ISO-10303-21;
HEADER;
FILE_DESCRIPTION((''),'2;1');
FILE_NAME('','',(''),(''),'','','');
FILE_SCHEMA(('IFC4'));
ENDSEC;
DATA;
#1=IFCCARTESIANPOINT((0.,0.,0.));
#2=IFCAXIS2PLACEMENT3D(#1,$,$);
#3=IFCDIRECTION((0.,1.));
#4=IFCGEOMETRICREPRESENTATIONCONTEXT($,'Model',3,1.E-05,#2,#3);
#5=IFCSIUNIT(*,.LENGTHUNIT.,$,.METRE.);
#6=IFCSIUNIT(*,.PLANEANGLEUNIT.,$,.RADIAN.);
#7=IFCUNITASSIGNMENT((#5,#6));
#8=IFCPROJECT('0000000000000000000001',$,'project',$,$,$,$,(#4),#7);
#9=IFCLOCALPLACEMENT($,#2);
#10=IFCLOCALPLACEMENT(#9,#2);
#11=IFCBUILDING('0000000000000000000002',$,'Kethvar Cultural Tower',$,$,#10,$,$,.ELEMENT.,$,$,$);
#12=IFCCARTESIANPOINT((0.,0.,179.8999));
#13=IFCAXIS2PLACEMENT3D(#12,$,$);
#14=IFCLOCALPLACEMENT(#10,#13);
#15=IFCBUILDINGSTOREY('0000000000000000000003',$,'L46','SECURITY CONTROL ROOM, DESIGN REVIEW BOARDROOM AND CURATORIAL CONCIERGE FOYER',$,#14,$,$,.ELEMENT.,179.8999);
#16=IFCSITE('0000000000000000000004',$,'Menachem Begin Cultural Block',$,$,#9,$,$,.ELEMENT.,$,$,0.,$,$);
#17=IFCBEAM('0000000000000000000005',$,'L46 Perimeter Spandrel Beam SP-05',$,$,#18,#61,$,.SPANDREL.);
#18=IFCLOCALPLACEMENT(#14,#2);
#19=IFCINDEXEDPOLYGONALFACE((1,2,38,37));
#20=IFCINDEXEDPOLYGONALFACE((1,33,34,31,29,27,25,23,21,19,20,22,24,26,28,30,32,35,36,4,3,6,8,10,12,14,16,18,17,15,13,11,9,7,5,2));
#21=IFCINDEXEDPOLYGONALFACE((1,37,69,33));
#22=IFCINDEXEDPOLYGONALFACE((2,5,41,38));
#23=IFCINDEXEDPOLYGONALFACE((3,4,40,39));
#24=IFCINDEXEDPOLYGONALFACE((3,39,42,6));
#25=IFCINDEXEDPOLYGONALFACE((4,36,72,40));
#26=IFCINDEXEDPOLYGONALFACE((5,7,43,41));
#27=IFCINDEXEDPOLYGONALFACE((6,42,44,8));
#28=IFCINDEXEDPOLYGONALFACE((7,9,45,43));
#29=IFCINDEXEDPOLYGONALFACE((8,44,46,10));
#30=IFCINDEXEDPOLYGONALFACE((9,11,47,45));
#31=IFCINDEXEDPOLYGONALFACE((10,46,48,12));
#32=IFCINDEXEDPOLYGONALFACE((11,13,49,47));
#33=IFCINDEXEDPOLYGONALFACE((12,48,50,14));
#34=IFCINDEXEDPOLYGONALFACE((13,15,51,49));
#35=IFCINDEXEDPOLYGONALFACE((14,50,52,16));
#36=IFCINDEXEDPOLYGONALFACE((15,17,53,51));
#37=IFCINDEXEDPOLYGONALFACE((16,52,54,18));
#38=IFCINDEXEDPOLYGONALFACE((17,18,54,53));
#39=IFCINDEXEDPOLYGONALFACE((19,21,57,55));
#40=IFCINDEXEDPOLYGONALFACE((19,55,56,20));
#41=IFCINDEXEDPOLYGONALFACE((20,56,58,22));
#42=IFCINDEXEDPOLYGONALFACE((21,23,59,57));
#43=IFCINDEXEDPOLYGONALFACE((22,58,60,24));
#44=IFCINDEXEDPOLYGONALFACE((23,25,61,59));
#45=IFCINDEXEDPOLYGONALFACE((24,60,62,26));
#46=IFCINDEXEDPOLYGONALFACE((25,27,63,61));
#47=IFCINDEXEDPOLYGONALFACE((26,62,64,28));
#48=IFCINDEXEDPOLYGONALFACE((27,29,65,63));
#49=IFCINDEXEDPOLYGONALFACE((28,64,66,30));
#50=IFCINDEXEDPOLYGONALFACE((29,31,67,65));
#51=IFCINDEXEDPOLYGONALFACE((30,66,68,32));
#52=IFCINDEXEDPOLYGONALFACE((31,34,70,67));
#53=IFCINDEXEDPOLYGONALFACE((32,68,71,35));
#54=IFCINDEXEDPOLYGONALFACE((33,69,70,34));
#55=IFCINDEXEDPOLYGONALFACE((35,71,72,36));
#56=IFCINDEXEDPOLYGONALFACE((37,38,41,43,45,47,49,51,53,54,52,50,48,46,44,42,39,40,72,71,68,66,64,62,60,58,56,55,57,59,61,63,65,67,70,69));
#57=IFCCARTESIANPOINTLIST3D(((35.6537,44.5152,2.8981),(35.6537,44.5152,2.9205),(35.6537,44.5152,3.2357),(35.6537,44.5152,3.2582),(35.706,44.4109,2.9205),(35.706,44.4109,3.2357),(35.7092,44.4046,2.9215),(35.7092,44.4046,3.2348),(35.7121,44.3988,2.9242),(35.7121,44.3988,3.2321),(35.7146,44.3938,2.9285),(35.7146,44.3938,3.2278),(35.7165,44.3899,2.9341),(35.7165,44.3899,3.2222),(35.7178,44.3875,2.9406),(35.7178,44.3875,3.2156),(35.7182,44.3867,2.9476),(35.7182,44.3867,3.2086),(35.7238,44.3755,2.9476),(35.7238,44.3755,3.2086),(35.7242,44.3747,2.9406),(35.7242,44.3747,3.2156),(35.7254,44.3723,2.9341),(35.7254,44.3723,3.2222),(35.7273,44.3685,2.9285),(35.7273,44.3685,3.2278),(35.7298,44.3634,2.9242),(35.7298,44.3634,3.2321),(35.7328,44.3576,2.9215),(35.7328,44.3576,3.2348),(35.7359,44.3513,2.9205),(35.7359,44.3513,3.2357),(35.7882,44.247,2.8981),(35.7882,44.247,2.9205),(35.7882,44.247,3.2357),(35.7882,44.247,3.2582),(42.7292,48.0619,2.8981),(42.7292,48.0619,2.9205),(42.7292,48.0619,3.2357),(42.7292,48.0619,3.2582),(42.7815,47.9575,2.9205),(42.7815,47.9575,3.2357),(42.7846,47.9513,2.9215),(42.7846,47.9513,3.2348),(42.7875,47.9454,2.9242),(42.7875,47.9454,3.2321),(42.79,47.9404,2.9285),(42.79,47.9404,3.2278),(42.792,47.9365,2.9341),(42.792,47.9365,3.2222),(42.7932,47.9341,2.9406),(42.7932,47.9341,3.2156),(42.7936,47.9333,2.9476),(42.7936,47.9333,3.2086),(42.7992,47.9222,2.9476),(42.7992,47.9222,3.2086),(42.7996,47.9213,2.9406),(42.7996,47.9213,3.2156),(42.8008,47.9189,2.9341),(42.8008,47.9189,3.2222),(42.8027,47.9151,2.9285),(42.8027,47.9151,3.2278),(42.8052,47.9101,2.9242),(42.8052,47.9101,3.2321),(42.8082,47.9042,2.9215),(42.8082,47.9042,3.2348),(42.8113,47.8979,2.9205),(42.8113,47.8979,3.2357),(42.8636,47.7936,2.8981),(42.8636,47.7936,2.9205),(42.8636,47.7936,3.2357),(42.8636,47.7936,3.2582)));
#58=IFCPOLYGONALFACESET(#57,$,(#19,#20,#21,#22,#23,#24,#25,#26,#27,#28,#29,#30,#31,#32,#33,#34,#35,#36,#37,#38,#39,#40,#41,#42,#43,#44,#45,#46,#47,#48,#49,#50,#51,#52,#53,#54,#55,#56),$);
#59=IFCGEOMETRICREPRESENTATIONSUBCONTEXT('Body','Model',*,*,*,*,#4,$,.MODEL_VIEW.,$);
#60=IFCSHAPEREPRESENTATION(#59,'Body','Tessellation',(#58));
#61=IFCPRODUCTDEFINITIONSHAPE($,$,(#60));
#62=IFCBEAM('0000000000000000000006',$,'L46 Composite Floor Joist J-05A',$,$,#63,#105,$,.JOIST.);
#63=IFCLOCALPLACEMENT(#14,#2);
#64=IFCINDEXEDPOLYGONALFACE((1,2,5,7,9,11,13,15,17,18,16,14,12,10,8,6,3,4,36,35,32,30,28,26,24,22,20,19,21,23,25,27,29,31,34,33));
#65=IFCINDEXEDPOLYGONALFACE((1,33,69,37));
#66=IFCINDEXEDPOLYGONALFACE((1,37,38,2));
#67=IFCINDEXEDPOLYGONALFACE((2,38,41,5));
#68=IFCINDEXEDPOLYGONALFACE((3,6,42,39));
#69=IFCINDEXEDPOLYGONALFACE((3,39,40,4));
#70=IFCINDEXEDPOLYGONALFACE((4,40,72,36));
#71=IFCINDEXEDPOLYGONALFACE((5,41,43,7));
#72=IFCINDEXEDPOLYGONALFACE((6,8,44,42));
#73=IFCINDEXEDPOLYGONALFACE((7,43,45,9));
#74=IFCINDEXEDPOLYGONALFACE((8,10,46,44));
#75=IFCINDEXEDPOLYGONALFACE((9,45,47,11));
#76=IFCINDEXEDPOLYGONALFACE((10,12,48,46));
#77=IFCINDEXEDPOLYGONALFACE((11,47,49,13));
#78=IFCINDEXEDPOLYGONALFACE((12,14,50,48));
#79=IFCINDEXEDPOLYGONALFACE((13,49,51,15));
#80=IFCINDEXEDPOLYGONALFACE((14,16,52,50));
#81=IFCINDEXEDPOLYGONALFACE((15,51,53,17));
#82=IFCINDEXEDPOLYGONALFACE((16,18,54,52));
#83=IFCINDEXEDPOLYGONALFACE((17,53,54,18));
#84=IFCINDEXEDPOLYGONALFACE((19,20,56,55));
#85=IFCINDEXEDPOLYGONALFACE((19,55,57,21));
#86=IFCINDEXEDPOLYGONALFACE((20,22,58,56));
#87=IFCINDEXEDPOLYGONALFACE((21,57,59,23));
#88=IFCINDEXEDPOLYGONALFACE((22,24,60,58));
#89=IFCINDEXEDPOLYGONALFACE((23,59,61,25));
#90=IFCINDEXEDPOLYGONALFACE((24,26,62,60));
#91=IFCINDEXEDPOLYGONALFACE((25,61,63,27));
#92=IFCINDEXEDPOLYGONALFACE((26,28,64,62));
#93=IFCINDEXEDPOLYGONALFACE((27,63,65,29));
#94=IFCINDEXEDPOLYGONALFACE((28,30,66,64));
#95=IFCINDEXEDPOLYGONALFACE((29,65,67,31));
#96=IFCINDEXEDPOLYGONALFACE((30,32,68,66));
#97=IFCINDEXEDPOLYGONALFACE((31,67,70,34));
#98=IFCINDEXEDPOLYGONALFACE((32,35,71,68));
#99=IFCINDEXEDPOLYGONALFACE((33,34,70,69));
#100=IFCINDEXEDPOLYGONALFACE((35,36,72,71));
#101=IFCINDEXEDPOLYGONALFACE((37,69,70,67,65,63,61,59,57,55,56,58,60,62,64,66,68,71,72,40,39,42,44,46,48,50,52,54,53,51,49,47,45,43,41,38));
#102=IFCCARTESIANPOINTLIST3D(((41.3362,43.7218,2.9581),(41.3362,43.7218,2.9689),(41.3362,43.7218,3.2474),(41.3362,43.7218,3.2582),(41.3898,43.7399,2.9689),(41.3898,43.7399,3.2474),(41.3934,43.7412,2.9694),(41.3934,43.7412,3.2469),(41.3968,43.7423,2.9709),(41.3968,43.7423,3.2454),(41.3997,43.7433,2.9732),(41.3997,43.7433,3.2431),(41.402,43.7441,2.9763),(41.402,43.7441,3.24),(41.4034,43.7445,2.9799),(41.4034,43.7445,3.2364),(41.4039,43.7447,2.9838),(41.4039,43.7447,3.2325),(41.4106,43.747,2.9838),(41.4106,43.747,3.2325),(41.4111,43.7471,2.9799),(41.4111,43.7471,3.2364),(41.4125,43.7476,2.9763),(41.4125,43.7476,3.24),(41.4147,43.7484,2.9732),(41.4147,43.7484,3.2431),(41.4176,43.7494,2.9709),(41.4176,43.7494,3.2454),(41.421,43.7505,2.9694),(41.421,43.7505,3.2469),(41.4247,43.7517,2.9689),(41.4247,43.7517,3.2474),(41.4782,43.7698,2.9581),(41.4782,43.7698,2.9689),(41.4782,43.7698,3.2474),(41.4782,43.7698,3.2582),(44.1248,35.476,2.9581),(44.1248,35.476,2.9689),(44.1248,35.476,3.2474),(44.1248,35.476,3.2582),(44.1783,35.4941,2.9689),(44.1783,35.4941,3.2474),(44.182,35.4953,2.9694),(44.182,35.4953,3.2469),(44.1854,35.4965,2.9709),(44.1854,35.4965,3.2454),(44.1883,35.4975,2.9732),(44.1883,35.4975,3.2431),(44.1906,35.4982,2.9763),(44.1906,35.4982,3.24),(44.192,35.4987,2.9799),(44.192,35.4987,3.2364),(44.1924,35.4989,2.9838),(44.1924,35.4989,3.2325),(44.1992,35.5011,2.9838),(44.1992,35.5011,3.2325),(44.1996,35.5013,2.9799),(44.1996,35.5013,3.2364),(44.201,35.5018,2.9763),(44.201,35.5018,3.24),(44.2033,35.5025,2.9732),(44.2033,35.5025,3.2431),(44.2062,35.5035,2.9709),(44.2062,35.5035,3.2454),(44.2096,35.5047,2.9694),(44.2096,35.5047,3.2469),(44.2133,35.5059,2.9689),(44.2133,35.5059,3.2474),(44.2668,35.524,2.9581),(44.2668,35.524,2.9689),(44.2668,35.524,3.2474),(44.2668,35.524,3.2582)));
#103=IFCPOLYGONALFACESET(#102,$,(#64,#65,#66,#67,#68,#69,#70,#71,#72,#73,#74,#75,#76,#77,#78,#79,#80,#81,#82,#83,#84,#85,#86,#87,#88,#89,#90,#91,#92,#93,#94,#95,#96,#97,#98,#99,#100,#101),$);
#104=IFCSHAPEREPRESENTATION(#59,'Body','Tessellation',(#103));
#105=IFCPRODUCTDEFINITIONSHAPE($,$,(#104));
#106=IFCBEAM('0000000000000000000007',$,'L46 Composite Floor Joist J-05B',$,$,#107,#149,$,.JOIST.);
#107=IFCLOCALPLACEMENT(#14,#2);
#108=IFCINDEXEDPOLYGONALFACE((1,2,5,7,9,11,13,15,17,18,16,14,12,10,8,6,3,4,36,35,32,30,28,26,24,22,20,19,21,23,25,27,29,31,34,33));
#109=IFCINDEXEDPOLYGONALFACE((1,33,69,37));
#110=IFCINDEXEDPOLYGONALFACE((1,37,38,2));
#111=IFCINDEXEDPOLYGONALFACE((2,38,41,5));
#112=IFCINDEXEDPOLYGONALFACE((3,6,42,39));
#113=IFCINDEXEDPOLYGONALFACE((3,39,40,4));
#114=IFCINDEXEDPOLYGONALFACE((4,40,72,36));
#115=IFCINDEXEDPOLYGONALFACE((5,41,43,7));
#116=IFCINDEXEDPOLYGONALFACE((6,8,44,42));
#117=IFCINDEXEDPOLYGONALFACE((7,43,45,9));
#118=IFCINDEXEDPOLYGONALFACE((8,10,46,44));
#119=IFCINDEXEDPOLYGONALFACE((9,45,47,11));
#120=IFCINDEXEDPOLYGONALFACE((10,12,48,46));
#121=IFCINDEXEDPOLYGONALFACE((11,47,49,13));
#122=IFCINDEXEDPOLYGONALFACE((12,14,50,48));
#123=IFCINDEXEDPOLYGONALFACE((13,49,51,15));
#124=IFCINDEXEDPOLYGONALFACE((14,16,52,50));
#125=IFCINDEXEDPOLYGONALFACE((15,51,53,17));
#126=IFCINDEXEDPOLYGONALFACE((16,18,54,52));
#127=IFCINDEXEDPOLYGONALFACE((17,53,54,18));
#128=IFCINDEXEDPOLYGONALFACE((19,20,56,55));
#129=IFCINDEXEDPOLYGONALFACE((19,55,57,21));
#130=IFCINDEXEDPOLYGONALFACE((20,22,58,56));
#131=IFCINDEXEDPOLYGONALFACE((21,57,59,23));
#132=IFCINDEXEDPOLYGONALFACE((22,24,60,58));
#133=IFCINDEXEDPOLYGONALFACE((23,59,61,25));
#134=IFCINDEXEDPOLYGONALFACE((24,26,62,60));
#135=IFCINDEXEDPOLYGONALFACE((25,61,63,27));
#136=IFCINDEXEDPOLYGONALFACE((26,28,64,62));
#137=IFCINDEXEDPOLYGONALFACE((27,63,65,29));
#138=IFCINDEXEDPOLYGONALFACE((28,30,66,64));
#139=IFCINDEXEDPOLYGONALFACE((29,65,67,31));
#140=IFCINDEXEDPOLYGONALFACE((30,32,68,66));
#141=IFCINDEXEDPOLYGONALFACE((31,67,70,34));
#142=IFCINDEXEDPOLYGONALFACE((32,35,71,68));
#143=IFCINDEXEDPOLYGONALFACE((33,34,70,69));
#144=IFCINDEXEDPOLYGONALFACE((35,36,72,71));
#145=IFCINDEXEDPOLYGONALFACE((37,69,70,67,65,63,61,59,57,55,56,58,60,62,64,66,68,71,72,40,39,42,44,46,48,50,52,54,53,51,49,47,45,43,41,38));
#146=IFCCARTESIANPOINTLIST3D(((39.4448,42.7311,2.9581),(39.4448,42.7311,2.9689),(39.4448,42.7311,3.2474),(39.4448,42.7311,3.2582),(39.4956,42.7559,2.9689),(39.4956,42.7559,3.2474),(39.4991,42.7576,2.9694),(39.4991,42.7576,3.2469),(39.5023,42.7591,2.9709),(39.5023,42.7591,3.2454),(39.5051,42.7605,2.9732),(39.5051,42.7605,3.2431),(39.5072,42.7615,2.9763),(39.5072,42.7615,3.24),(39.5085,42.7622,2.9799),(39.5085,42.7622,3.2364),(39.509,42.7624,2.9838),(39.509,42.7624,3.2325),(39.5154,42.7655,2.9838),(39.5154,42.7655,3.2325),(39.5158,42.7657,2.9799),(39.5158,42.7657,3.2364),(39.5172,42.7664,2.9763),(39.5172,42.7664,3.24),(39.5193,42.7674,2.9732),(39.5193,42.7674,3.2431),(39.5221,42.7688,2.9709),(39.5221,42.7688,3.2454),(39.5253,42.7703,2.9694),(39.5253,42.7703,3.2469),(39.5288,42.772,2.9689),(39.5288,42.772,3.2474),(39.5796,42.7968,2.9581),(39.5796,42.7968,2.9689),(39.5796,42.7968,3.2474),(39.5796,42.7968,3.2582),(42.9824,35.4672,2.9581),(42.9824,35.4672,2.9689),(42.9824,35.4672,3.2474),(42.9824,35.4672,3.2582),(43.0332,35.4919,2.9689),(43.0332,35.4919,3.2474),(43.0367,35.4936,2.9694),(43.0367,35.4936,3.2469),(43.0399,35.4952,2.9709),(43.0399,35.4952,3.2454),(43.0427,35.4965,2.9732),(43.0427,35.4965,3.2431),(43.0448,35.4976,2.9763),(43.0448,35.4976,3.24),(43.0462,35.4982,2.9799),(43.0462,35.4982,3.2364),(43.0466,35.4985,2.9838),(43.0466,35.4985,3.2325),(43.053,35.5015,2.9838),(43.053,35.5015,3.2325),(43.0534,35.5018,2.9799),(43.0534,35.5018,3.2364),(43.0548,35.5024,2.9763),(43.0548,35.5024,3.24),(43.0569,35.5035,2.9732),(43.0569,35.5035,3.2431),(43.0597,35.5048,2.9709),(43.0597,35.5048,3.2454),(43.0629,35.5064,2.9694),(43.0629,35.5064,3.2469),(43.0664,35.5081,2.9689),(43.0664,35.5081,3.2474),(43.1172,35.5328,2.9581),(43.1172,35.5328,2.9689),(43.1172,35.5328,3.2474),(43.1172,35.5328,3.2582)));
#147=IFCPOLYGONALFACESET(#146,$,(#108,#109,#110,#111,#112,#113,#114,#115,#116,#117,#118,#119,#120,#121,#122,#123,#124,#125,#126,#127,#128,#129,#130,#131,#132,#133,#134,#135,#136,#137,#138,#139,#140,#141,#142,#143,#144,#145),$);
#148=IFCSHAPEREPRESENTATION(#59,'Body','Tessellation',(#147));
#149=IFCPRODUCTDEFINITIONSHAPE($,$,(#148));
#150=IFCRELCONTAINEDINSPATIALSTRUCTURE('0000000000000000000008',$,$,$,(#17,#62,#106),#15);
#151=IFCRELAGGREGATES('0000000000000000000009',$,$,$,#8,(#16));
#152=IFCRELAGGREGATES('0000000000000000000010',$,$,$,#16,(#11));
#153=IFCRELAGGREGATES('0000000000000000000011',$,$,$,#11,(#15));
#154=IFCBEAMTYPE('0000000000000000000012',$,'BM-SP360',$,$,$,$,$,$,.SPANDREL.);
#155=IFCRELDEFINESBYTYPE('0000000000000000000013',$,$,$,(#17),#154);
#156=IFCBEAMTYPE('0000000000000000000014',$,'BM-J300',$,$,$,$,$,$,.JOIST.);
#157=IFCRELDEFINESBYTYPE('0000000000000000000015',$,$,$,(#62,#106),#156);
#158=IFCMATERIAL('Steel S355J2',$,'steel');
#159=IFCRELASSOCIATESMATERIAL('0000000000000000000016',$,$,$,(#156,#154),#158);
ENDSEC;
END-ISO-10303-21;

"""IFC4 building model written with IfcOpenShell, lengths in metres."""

from ifc_helpers import new_model, si_unit, direction, frame, origin, origin_2d, place, context, subcontext, project, spatial, i_section, extrude, source, transform, mapped, material, material_profile, profile_set, type_object, element, save


model = new_model("IFC4")

# Units and contexts
model_context = context("Model", 3, precision=1e-05, world=origin(), true_north=direction((0.0, 1.0)))
body_context = subcontext(model_context, "Body", "Model", "MODEL_VIEW")
ifc_project = project(units=[si_unit("LENGTHUNIT", "METRE"), si_unit("PLANEANGLEUNIT", "RADIAN")], contexts=[model_context])

# Site, building, storey
site_placement = place(None, origin())
site = spatial("IfcSite", under=ifc_project, at=site_placement, Name="Menachem Begin Cultural Block", CompositionType="ELEMENT", RefElevation=0.0)
building_placement = place(site_placement, origin())
building = spatial("IfcBuilding", under=site, at=building_placement, Name="Kethvar Cultural Tower", CompositionType="ELEMENT")
storey_placement = place(building_placement, frame((0.0, 0.0, 179.8999)))
storey = spatial("IfcBuildingStorey", under=building, at=storey_placement, Name="L46", Description="SECURITY CONTROL ROOM, DESIGN REVIEW BOARDROOM AND CURATORIAL CONCIERGE FOYER", CompositionType="ELEMENT", Elevation=179.8999)

# Beams
ifc_material_1 = material(Name="Steel S355J2", Category="steel")
ifc_material_profile_1 = material_profile(ifc_material_1, i_section(OverallWidth=0.1499, OverallDepth=0.3, WebThickness=0.0071, FlangeThickness=0.0107, FilletRadius=0.0149, at=origin_2d()), Name="Steel S355J2 — IPE300")
ifc_profile_set_1 = profile_set([ifc_material_profile_1], Name="Steel S355J2 — IPE300")
beam_type_1 = type_object("IfcBeamType", Name="BM-J300", PredefinedType="JOIST", material=ifc_profile_set_1)
ifc_material_profile_2 = material_profile(ifc_material_1, i_section(OverallWidth=0.3, OverallDepth=0.3601, WebThickness=0.0125, FlangeThickness=0.0225, FilletRadius=0.0271, at=origin_2d()), Name="Steel S355J2 — HEB360")
ifc_profile_set_2 = profile_set([ifc_material_profile_2], Name="Steel S355J2 — HEB360")
beam_type_2 = type_object("IfcBeamType", Name="BM-SP360", PredefinedType="SPANDREL", material=ifc_profile_set_2)
shared_shape_1 = source(origin(), body_context, "Body", "SweptSolid", [
    extrude(i_section(OverallWidth=0.3, OverallDepth=0.3601, WebThickness=0.0125, FlangeThickness=0.0225, FilletRadius=0.0271, at=origin_2d()), origin(), (0.0, 0.0, 1.0), 7.9146),
])
beam_1_placement = place(storey_placement, frame((42.7964, 47.9277, 3.0781), z_axis=(-0.893976, -0.448114, 0.0), x_axis=(0.448114, -0.893976, 0.0)))
element("IfcBeam", 1, at=beam_1_placement, inside=storey, type_object=beam_type_2, Name="L46 Perimeter Spandrel Beam SP-05", PredefinedType="SPANDREL", context=body_context, shape_type="MappedRepresentation", body=[
    mapped(shared_shape_1, transform((0.0, 0.0, 0.0), scale=1.0)),
])
shared_shape_2 = source(origin(), body_context, "Body", "SweptSolid", [
    extrude(i_section(OverallWidth=0.1499, OverallDepth=0.3, WebThickness=0.0071, FlangeThickness=0.0107, FilletRadius=0.0149, at=origin_2d()), origin(), (0.0, 0.0, 1.0), 8.7046),
])
beam_2_placement = place(storey_placement, frame((44.1958, 35.5, 3.1082), z_axis=(-0.320356, 0.947297, 0.0), x_axis=(-0.947297, -0.320356, 0.0)))
element("IfcBeam", 2, at=beam_2_placement, inside=storey, type_object=beam_type_1, Name="L46 Composite Floor Joist J-05A", PredefinedType="JOIST", context=body_context, shape_type="MappedRepresentation", body=[
    mapped(shared_shape_2, transform((0.0, 0.0, 0.0), scale=1.0)),
])
shared_shape_3 = source(origin(), body_context, "Body", "SweptSolid", [
    extrude(i_section(OverallWidth=0.1499, OverallDepth=0.3, WebThickness=0.0071, FlangeThickness=0.0107, FilletRadius=0.0149, at=origin_2d()), origin(), (0.0, 0.0, 1.0), 8.0796),
])
beam_3_placement = place(storey_placement, frame((43.0498, 35.5, 3.1082), z_axis=(-0.437846, 0.89905, 0.0), x_axis=(-0.89905, -0.437846, 0.0)))
element("IfcBeam", 3, at=beam_3_placement, inside=storey, type_object=beam_type_1, Name="L46 Composite Floor Joist J-05B", PredefinedType="JOIST", context=body_context, shape_type="MappedRepresentation", body=[
    mapped(shared_shape_3, transform((0.0, 0.0, 0.0), scale=1.0)),
])

save(model, "model.ifc")
